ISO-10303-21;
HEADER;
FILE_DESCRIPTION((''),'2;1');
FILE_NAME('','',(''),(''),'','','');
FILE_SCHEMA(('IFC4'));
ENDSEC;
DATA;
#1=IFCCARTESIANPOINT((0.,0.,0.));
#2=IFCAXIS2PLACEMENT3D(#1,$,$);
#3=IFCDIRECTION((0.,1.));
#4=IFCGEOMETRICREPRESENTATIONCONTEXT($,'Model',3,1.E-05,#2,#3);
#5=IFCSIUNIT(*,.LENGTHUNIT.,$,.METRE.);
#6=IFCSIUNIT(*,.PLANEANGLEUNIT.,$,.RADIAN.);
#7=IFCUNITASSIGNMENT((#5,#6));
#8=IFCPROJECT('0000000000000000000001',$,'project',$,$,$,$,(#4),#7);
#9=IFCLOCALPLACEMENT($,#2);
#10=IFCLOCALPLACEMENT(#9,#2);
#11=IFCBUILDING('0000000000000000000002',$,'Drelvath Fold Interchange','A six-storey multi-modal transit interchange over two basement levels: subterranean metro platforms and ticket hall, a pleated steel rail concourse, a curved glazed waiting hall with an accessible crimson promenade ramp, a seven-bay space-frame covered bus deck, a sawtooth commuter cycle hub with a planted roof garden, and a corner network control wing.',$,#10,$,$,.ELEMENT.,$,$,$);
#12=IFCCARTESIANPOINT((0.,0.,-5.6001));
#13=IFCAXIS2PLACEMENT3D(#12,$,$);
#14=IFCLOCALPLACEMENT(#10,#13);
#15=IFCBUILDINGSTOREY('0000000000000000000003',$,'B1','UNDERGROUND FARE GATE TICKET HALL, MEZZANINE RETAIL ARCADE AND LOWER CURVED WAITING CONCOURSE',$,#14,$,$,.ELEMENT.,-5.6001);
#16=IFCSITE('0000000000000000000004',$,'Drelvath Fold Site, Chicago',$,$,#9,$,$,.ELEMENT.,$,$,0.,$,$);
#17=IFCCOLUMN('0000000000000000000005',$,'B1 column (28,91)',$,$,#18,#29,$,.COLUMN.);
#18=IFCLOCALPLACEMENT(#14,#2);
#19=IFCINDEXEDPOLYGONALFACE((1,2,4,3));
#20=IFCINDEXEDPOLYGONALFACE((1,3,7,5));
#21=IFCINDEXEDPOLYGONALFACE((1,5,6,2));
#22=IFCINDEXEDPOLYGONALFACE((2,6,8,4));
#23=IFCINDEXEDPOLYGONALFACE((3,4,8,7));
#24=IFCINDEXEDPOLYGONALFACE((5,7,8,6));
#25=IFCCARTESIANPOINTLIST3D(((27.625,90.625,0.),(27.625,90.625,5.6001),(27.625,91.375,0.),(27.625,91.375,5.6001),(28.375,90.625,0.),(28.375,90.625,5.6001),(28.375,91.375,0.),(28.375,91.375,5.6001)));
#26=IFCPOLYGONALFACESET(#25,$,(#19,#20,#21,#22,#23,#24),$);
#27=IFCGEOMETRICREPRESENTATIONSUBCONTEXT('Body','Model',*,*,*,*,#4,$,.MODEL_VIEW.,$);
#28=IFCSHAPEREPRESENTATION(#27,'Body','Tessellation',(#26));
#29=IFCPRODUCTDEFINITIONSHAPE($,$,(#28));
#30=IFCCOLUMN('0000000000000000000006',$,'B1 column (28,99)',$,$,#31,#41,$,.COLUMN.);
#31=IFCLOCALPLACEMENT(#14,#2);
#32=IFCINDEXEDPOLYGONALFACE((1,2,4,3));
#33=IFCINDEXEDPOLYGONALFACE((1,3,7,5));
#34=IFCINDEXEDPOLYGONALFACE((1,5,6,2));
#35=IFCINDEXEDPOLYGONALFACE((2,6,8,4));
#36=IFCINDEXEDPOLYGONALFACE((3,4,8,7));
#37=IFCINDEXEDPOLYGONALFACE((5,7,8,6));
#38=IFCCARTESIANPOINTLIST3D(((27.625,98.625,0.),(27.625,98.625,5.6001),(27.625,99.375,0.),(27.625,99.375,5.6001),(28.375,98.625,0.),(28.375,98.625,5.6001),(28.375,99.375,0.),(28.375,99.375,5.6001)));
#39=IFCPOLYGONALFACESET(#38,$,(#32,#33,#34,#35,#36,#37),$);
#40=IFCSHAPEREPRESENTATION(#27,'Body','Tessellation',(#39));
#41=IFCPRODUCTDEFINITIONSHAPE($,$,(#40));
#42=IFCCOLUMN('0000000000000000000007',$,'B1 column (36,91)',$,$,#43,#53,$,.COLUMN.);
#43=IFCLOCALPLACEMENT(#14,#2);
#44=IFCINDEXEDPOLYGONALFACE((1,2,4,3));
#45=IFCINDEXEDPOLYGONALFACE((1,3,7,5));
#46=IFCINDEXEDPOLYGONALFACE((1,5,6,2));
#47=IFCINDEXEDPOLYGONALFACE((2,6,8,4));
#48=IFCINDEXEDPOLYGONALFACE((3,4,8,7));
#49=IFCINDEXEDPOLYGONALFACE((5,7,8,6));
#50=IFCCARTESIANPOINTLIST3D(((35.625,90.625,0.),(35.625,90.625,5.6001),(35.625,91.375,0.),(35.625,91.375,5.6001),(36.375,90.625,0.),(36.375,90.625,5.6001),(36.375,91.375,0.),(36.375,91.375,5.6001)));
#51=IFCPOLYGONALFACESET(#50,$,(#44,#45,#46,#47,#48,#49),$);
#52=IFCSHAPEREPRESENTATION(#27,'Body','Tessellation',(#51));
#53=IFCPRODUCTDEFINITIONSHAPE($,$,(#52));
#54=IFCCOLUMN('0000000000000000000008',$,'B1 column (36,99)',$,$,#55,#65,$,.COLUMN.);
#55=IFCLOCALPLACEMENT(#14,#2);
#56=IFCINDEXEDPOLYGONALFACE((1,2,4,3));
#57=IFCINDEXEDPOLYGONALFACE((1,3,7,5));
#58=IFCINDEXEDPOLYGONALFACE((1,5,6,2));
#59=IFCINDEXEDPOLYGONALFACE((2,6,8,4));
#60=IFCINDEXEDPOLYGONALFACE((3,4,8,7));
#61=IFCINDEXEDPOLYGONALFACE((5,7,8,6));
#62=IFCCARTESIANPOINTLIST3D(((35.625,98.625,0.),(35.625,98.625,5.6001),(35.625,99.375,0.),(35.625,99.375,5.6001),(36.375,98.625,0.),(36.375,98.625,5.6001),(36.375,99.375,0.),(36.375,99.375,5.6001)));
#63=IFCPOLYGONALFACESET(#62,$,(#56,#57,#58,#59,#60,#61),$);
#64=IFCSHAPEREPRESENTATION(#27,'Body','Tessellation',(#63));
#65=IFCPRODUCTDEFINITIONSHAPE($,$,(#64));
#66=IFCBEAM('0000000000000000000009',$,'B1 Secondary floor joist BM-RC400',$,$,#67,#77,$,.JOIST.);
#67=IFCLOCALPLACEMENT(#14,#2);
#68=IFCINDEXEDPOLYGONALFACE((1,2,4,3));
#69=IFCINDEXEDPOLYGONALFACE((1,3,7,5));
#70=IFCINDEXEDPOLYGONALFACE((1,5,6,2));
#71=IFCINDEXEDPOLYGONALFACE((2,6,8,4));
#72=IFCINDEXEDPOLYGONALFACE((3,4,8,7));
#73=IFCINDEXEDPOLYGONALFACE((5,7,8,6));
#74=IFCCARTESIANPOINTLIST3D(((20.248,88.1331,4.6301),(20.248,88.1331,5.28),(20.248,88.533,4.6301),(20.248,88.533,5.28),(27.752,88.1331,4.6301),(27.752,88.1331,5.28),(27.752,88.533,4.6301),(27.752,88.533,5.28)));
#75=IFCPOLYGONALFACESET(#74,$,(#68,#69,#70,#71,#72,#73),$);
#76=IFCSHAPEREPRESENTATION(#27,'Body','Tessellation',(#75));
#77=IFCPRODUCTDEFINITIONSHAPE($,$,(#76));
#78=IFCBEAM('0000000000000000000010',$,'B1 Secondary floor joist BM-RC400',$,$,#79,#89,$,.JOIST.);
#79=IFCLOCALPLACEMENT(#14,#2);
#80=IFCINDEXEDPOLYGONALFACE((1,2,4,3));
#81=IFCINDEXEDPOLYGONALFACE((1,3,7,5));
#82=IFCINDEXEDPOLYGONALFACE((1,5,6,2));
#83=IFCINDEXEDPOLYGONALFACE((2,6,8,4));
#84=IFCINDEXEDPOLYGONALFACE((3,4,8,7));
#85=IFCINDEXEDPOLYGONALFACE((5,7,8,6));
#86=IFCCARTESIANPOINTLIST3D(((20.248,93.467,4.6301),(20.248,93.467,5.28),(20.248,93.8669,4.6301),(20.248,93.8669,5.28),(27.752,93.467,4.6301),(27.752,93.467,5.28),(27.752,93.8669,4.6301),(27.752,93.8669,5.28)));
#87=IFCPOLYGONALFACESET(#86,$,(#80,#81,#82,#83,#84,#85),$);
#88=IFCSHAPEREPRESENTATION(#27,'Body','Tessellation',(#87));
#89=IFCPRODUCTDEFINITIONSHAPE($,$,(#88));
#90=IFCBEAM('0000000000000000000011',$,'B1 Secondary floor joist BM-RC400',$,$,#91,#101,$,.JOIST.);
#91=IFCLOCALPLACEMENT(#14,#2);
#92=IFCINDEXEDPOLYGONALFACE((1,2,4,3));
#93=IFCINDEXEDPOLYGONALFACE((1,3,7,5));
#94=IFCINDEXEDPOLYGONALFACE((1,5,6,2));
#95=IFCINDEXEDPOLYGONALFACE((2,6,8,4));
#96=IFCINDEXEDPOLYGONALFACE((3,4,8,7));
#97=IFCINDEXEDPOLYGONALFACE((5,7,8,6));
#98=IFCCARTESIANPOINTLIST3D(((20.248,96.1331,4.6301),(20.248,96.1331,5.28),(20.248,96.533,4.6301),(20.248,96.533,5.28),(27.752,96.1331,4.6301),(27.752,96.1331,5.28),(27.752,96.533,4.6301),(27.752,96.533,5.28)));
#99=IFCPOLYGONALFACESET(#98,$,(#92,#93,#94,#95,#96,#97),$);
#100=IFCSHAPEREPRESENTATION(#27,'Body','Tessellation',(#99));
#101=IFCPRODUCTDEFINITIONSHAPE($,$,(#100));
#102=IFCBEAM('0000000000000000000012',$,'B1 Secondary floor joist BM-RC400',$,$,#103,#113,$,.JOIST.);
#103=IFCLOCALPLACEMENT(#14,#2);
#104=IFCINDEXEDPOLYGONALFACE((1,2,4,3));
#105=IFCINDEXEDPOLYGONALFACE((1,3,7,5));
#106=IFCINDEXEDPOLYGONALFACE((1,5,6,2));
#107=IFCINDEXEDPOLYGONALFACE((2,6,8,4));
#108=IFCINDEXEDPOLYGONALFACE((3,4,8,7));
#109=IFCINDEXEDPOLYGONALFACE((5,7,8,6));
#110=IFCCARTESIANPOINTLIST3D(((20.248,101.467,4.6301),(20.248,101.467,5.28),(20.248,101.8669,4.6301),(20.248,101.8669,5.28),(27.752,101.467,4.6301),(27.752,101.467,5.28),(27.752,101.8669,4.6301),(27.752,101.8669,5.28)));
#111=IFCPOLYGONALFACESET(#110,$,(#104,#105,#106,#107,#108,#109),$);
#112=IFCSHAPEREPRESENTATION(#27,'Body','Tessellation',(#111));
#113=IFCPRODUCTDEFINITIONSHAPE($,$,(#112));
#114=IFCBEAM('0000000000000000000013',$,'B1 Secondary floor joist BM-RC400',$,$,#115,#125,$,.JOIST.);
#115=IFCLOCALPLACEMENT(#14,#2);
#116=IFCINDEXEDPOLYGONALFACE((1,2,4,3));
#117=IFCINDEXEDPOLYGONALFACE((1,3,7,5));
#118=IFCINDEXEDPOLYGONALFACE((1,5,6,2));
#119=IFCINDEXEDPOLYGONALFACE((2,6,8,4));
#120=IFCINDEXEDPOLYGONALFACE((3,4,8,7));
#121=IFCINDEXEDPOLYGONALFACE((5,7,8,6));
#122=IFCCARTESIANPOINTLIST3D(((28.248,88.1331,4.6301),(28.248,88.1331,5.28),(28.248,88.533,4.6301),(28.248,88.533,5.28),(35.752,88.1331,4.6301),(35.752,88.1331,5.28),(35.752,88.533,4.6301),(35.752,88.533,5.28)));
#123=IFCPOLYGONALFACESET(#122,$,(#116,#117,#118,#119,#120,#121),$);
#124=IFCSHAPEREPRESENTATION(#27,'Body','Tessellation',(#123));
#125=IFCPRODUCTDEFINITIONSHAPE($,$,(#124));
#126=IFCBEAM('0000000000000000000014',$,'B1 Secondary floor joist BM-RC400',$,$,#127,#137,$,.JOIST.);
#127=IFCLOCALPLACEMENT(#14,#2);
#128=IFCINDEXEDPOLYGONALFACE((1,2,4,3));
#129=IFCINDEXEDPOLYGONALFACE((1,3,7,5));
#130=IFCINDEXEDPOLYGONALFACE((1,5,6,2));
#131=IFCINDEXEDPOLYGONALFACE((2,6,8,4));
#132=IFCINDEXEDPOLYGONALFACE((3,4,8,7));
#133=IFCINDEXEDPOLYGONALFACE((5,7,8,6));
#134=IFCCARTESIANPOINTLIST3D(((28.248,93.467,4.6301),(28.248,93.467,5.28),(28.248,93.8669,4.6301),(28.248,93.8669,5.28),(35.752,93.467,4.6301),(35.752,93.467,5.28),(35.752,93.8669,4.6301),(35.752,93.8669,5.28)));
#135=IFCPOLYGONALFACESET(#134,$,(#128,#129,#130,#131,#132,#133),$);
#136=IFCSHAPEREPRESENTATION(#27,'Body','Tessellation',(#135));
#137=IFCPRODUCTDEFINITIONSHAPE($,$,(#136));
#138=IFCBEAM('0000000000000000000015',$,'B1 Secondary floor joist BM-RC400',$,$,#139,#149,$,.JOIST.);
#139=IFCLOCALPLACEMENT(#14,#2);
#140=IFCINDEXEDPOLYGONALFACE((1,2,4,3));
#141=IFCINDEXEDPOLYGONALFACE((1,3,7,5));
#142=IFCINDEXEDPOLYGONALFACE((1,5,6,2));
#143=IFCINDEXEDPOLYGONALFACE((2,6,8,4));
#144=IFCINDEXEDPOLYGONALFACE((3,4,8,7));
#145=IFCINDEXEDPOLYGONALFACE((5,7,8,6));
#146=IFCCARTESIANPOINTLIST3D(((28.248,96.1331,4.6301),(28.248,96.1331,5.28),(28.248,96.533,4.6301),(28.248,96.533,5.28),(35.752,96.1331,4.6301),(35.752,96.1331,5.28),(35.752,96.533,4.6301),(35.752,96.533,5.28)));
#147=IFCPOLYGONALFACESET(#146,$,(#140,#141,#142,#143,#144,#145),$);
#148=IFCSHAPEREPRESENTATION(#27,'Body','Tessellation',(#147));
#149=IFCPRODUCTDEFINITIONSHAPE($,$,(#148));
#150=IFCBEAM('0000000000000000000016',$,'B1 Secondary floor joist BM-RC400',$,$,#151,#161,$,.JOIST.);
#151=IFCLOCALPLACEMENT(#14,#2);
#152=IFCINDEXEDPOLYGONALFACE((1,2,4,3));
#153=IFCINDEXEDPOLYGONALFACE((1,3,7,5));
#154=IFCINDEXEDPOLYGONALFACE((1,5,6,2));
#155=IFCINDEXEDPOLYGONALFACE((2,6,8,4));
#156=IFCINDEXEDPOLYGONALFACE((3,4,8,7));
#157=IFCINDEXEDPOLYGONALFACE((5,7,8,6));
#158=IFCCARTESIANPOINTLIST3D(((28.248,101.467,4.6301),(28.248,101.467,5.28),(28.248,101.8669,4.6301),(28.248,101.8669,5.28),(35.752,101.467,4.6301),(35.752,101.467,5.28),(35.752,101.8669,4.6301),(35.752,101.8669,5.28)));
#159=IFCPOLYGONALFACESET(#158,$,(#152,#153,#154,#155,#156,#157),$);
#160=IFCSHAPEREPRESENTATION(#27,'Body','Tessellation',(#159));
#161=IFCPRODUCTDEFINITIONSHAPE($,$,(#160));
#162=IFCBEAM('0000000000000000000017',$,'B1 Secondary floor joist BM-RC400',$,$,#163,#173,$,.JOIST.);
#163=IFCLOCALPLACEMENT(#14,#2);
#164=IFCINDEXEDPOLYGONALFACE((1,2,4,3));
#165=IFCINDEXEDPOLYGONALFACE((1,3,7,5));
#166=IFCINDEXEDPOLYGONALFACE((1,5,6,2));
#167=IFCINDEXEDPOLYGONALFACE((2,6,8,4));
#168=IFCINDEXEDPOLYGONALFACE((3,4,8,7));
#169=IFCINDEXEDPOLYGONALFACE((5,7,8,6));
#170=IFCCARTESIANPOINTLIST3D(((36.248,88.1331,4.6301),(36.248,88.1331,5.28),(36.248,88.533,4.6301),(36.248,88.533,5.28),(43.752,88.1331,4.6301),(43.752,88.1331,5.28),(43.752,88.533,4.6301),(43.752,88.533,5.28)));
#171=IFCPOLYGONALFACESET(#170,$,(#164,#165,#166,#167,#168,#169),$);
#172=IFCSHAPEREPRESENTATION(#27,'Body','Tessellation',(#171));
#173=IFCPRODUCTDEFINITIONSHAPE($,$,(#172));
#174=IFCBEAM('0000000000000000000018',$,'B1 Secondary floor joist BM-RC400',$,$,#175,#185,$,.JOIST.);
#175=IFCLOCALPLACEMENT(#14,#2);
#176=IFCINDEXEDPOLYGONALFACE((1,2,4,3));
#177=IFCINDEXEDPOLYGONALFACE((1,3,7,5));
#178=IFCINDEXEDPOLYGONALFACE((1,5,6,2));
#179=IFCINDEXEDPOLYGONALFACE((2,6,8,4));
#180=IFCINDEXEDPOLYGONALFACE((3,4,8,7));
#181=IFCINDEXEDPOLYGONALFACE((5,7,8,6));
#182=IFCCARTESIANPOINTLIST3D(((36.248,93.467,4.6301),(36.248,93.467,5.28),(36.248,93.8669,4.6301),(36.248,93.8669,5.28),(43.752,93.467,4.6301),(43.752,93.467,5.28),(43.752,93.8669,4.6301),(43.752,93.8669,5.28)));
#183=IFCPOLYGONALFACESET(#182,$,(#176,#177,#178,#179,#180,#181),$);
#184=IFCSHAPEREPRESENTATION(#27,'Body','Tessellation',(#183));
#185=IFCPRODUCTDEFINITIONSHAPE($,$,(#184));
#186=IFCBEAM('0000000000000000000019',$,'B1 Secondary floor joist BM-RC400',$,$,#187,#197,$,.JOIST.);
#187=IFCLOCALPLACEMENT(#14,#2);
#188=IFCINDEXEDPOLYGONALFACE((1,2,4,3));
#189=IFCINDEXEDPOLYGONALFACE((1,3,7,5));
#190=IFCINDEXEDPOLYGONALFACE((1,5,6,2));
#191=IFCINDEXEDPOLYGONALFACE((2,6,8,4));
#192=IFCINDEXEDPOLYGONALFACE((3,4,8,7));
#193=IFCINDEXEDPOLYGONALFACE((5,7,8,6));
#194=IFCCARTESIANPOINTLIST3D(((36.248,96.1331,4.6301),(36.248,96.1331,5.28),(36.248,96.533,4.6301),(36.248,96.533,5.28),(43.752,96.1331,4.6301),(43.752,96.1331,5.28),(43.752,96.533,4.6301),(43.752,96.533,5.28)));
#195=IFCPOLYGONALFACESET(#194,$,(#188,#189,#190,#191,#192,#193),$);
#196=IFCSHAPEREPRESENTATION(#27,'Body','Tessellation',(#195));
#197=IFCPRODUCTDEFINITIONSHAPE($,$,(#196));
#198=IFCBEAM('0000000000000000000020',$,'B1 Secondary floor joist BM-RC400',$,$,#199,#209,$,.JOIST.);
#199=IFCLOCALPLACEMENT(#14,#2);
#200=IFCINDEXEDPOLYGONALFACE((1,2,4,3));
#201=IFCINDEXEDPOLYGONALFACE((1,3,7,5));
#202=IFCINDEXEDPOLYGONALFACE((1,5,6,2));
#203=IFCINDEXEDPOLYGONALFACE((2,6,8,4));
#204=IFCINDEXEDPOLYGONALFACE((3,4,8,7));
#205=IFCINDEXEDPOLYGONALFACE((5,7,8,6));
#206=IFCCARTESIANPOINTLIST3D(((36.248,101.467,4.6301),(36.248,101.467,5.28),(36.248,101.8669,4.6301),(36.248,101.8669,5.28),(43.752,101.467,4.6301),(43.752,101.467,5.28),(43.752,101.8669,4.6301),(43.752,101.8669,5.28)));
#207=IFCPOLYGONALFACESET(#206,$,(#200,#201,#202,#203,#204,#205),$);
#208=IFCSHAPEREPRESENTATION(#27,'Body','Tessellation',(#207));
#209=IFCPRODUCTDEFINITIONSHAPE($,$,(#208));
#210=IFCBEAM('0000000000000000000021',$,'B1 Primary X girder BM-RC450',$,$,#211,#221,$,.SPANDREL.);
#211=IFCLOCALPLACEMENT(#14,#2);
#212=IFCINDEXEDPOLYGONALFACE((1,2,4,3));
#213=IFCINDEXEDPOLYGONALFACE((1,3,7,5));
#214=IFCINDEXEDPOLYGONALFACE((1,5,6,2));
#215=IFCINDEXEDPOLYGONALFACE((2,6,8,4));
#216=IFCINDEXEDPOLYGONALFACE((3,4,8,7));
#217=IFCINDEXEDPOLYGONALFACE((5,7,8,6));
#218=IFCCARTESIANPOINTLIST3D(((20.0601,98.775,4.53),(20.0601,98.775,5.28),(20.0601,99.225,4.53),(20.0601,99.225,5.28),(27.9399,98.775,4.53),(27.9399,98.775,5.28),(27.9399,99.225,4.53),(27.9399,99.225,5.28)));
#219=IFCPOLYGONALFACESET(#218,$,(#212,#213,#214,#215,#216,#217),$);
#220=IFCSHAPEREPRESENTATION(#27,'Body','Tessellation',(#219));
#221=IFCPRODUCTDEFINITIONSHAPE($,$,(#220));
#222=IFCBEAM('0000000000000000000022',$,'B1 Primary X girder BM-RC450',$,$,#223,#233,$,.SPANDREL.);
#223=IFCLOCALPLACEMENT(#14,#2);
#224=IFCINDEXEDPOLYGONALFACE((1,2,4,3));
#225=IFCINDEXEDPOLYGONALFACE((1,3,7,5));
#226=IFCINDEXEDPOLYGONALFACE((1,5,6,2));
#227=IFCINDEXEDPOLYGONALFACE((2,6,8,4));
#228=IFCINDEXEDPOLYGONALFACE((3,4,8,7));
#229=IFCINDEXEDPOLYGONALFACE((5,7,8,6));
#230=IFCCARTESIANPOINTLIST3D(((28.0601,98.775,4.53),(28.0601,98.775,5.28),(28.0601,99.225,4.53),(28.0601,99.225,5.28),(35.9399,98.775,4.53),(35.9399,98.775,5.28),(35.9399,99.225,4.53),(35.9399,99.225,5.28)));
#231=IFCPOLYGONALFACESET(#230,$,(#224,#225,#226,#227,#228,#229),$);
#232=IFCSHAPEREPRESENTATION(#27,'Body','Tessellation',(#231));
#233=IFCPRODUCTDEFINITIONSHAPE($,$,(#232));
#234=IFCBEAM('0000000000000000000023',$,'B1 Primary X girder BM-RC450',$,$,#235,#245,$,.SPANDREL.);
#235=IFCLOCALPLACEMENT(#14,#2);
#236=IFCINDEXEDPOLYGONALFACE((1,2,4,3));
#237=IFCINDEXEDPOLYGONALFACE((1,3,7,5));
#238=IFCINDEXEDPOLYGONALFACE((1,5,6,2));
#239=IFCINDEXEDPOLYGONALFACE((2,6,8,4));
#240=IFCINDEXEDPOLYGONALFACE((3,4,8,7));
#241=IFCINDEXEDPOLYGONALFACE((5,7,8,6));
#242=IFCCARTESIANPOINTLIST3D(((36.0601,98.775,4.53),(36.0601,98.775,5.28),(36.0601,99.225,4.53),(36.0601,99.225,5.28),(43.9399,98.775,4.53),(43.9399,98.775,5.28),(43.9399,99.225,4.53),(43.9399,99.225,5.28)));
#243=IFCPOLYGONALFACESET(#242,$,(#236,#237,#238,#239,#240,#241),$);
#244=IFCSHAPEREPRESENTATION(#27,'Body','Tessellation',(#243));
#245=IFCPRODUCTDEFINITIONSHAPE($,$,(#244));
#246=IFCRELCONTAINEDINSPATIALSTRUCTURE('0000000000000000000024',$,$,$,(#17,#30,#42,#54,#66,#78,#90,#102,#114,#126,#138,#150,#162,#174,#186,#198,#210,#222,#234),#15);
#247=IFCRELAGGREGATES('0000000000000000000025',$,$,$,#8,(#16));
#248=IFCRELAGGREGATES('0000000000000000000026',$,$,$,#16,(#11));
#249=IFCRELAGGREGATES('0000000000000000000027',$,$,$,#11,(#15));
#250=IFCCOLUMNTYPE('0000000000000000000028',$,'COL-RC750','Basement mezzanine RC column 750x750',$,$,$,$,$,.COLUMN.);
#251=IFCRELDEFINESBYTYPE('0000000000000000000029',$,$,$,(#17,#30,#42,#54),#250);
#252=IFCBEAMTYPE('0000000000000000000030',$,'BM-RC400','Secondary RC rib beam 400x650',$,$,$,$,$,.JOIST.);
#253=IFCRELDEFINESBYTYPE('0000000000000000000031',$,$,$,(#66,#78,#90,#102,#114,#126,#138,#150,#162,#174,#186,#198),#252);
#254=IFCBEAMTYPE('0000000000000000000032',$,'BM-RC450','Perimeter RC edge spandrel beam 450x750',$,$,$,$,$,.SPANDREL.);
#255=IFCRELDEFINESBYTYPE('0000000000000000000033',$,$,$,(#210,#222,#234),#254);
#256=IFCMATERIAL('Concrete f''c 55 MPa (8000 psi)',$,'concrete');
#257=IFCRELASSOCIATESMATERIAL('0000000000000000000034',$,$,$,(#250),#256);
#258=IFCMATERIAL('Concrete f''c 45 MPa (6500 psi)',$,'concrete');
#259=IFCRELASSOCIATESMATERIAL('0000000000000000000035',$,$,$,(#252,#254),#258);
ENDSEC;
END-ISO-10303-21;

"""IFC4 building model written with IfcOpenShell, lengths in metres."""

from ifc_helpers import new_model, si_unit, direction, frame, origin, origin_2d, place, context, subcontext, project, spatial, rectangle, extrude, material, material_profile, profile_set, type_object, element, save


model = new_model("IFC4")

# Units and contexts
model_context = context("Model", 3, precision=1e-05, world=origin(), true_north=direction((0.0, 1.0)))
body_context = subcontext(model_context, "Body", "Model", "MODEL_VIEW")
ifc_project = project(units=[si_unit("LENGTHUNIT", "METRE"), si_unit("PLANEANGLEUNIT", "RADIAN")], contexts=[model_context])

# Site, building, storey
site_placement = place(None, origin())
site = spatial("IfcSite", under=ifc_project, at=site_placement, Name="Drelvath Fold Site, Chicago", CompositionType="ELEMENT", RefElevation=0.0)
building_placement = place(site_placement, origin())
building = spatial("IfcBuilding", under=site, at=building_placement, Name="Drelvath Fold Interchange", Description="A six-storey multi-modal transit interchange over two basement levels: subterranean metro platforms and ticket hall, a pleated steel rail concourse, a curved glazed waiting hall with an accessible crimson promenade ramp, a seven-bay space-frame covered bus deck, a sawtooth commuter cycle hub with a planted roof garden, and a corner network control wing.", CompositionType="ELEMENT")
storey_placement = place(building_placement, frame((0.0, 0.0, -5.6001)))
storey = spatial("IfcBuildingStorey", under=building, at=storey_placement, Name="B1", Description="UNDERGROUND FARE GATE TICKET HALL, MEZZANINE RETAIL ARCADE AND LOWER CURVED WAITING CONCOURSE", CompositionType="ELEMENT", Elevation=-5.6001)

# Columns
ifc_material_1 = material(Name="Concrete f'c 55 MPa (8000 psi)", Category="concrete")
ifc_material_profile_1 = material_profile(ifc_material_1, rectangle(XDim=0.75, YDim=0.75, at=origin_2d()), Name="RC 750x750")
ifc_profile_set_1 = profile_set([ifc_material_profile_1], Name="Concrete f'c 55 MPa (8000 psi)")
column_type = type_object("IfcColumnType", Name="COL-RC750", Description="Basement mezzanine RC column 750x750", PredefinedType="COLUMN", material=ifc_profile_set_1)
for number, where, z_axis, x_axis, name in (
    (1, (28.0, 91.0, 0.0), (0.0, 0.0, 1.0), (1.0, 0.0, 0.0), "B1 column (28,91)"),
    (2, (28.0, 99.0, 0.0), (0.0, 0.0, 1.0), (1.0, 0.0, 0.0), "B1 column (28,99)"),
    (3, (36.0, 91.0, 0.0), (0.0, 0.0, 1.0), (1.0, 0.0, 0.0), "B1 column (36,91)"),
    (4, (36.0, 99.0, 0.0), (0.0, 0.0, 1.0), (1.0, 0.0, 0.0), "B1 column (36,99)"),
):
    element("IfcColumn", number, at=place(storey_placement, frame(where, z_axis=z_axis, x_axis=x_axis)), inside=storey, type_object=column_type, Name=name, PredefinedType="COLUMN", context=body_context, shape_type="SweptSolid", body=[
        extrude(rectangle(XDim=0.75, YDim=0.75, at=origin_2d()), origin(), (0.0, 0.0, 1.0), 5.6001),
    ])

# Beams
ifc_material_2 = material(Name="Concrete f'c 45 MPa (6500 psi)", Category="concrete")
ifc_material_profile_2 = material_profile(ifc_material_2, rectangle(XDim=0.3999, YDim=0.6499, at=origin_2d()), Name="RC 400x650")
ifc_profile_set_2 = profile_set([ifc_material_profile_2], Name="Concrete f'c 45 MPa (6500 psi)")
beam_type_1 = type_object("IfcBeamType", Name="BM-RC400", Description="Secondary RC rib beam 400x650", PredefinedType="JOIST", material=ifc_profile_set_2)
for number, where, z_axis, x_axis, name in (
    (5, (20.248, 88.333, 4.9551), (1.0, 0.0, 0.0), (0.0, 1.0, 0.0), "B1 Secondary floor joist BM-RC400"),
    (6, (20.248, 93.667, 4.9551), (1.0, 0.0, 0.0), (0.0, 1.0, 0.0), "B1 Secondary floor joist BM-RC400"),
    (7, (20.248, 96.333, 4.9551), (1.0, 0.0, 0.0), (0.0, 1.0, 0.0), "B1 Secondary floor joist BM-RC400"),
    (8, (20.248, 101.667, 4.9551), (1.0, 0.0, 0.0), (0.0, 1.0, 0.0), "B1 Secondary floor joist BM-RC400"),
    (9, (28.248, 88.333, 4.9551), (1.0, 0.0, 0.0), (0.0, 1.0, 0.0), "B1 Secondary floor joist BM-RC400"),
    (10, (28.248, 93.667, 4.9551), (1.0, 0.0, 0.0), (0.0, 1.0, 0.0), "B1 Secondary floor joist BM-RC400"),
    (11, (28.248, 96.333, 4.9551), (1.0, 0.0, 0.0), (0.0, 1.0, 0.0), "B1 Secondary floor joist BM-RC400"),
    (12, (28.248, 101.667, 4.9551), (1.0, 0.0, 0.0), (0.0, 1.0, 0.0), "B1 Secondary floor joist BM-RC400"),
    (13, (36.248, 88.333, 4.9551), (1.0, 0.0, 0.0), (0.0, 1.0, 0.0), "B1 Secondary floor joist BM-RC400"),
    (14, (36.248, 93.667, 4.9551), (1.0, 0.0, 0.0), (0.0, 1.0, 0.0), "B1 Secondary floor joist BM-RC400"),
    (15, (36.248, 96.333, 4.9551), (1.0, 0.0, 0.0), (0.0, 1.0, 0.0), "B1 Secondary floor joist BM-RC400"),
    (16, (36.248, 101.667, 4.9551), (1.0, 0.0, 0.0), (0.0, 1.0, 0.0), "B1 Secondary floor joist BM-RC400"),
):
    element("IfcBeam", number, at=place(storey_placement, frame(where, z_axis=z_axis, x_axis=x_axis)), inside=storey, type_object=beam_type_1, Name=name, PredefinedType="JOIST", context=body_context, shape_type="SweptSolid", body=[
        extrude(rectangle(XDim=0.3999, YDim=0.6499, at=origin_2d()), origin(), (0.0, 0.0, 1.0), 7.5039),
    ])
ifc_material_profile_3 = material_profile(ifc_material_2, rectangle(XDim=0.45, YDim=0.75, at=origin_2d()), Name="RC 450x750")
ifc_profile_set_3 = profile_set([ifc_material_profile_3], Name="Concrete f'c 45 MPa (6500 psi)")
beam_type_2 = type_object("IfcBeamType", Name="BM-RC450", Description="Perimeter RC edge spandrel beam 450x750", PredefinedType="SPANDREL", material=ifc_profile_set_3)
for number, where, z_axis, x_axis, name in (
    (17, (20.0601, 99.0, 4.905), (1.0, 0.0, 0.0), (0.0, 1.0, 0.0), "B1 Primary X girder BM-RC450"),
    (18, (28.0601, 99.0, 4.905), (1.0, 0.0, 0.0), (0.0, 1.0, 0.0), "B1 Primary X girder BM-RC450"),
    (19, (36.0601, 99.0, 4.905), (1.0, 0.0, 0.0), (0.0, 1.0, 0.0), "B1 Primary X girder BM-RC450"),
):
    element("IfcBeam", number, at=place(storey_placement, frame(where, z_axis=z_axis, x_axis=x_axis)), inside=storey, type_object=beam_type_2, Name=name, PredefinedType="SPANDREL", context=body_context, shape_type="SweptSolid", body=[
        extrude(rectangle(XDim=0.45, YDim=0.75, at=origin_2d()), origin(), (0.0, 0.0, 1.0), 7.8799),
    ])

save(model, "model.ifc")
